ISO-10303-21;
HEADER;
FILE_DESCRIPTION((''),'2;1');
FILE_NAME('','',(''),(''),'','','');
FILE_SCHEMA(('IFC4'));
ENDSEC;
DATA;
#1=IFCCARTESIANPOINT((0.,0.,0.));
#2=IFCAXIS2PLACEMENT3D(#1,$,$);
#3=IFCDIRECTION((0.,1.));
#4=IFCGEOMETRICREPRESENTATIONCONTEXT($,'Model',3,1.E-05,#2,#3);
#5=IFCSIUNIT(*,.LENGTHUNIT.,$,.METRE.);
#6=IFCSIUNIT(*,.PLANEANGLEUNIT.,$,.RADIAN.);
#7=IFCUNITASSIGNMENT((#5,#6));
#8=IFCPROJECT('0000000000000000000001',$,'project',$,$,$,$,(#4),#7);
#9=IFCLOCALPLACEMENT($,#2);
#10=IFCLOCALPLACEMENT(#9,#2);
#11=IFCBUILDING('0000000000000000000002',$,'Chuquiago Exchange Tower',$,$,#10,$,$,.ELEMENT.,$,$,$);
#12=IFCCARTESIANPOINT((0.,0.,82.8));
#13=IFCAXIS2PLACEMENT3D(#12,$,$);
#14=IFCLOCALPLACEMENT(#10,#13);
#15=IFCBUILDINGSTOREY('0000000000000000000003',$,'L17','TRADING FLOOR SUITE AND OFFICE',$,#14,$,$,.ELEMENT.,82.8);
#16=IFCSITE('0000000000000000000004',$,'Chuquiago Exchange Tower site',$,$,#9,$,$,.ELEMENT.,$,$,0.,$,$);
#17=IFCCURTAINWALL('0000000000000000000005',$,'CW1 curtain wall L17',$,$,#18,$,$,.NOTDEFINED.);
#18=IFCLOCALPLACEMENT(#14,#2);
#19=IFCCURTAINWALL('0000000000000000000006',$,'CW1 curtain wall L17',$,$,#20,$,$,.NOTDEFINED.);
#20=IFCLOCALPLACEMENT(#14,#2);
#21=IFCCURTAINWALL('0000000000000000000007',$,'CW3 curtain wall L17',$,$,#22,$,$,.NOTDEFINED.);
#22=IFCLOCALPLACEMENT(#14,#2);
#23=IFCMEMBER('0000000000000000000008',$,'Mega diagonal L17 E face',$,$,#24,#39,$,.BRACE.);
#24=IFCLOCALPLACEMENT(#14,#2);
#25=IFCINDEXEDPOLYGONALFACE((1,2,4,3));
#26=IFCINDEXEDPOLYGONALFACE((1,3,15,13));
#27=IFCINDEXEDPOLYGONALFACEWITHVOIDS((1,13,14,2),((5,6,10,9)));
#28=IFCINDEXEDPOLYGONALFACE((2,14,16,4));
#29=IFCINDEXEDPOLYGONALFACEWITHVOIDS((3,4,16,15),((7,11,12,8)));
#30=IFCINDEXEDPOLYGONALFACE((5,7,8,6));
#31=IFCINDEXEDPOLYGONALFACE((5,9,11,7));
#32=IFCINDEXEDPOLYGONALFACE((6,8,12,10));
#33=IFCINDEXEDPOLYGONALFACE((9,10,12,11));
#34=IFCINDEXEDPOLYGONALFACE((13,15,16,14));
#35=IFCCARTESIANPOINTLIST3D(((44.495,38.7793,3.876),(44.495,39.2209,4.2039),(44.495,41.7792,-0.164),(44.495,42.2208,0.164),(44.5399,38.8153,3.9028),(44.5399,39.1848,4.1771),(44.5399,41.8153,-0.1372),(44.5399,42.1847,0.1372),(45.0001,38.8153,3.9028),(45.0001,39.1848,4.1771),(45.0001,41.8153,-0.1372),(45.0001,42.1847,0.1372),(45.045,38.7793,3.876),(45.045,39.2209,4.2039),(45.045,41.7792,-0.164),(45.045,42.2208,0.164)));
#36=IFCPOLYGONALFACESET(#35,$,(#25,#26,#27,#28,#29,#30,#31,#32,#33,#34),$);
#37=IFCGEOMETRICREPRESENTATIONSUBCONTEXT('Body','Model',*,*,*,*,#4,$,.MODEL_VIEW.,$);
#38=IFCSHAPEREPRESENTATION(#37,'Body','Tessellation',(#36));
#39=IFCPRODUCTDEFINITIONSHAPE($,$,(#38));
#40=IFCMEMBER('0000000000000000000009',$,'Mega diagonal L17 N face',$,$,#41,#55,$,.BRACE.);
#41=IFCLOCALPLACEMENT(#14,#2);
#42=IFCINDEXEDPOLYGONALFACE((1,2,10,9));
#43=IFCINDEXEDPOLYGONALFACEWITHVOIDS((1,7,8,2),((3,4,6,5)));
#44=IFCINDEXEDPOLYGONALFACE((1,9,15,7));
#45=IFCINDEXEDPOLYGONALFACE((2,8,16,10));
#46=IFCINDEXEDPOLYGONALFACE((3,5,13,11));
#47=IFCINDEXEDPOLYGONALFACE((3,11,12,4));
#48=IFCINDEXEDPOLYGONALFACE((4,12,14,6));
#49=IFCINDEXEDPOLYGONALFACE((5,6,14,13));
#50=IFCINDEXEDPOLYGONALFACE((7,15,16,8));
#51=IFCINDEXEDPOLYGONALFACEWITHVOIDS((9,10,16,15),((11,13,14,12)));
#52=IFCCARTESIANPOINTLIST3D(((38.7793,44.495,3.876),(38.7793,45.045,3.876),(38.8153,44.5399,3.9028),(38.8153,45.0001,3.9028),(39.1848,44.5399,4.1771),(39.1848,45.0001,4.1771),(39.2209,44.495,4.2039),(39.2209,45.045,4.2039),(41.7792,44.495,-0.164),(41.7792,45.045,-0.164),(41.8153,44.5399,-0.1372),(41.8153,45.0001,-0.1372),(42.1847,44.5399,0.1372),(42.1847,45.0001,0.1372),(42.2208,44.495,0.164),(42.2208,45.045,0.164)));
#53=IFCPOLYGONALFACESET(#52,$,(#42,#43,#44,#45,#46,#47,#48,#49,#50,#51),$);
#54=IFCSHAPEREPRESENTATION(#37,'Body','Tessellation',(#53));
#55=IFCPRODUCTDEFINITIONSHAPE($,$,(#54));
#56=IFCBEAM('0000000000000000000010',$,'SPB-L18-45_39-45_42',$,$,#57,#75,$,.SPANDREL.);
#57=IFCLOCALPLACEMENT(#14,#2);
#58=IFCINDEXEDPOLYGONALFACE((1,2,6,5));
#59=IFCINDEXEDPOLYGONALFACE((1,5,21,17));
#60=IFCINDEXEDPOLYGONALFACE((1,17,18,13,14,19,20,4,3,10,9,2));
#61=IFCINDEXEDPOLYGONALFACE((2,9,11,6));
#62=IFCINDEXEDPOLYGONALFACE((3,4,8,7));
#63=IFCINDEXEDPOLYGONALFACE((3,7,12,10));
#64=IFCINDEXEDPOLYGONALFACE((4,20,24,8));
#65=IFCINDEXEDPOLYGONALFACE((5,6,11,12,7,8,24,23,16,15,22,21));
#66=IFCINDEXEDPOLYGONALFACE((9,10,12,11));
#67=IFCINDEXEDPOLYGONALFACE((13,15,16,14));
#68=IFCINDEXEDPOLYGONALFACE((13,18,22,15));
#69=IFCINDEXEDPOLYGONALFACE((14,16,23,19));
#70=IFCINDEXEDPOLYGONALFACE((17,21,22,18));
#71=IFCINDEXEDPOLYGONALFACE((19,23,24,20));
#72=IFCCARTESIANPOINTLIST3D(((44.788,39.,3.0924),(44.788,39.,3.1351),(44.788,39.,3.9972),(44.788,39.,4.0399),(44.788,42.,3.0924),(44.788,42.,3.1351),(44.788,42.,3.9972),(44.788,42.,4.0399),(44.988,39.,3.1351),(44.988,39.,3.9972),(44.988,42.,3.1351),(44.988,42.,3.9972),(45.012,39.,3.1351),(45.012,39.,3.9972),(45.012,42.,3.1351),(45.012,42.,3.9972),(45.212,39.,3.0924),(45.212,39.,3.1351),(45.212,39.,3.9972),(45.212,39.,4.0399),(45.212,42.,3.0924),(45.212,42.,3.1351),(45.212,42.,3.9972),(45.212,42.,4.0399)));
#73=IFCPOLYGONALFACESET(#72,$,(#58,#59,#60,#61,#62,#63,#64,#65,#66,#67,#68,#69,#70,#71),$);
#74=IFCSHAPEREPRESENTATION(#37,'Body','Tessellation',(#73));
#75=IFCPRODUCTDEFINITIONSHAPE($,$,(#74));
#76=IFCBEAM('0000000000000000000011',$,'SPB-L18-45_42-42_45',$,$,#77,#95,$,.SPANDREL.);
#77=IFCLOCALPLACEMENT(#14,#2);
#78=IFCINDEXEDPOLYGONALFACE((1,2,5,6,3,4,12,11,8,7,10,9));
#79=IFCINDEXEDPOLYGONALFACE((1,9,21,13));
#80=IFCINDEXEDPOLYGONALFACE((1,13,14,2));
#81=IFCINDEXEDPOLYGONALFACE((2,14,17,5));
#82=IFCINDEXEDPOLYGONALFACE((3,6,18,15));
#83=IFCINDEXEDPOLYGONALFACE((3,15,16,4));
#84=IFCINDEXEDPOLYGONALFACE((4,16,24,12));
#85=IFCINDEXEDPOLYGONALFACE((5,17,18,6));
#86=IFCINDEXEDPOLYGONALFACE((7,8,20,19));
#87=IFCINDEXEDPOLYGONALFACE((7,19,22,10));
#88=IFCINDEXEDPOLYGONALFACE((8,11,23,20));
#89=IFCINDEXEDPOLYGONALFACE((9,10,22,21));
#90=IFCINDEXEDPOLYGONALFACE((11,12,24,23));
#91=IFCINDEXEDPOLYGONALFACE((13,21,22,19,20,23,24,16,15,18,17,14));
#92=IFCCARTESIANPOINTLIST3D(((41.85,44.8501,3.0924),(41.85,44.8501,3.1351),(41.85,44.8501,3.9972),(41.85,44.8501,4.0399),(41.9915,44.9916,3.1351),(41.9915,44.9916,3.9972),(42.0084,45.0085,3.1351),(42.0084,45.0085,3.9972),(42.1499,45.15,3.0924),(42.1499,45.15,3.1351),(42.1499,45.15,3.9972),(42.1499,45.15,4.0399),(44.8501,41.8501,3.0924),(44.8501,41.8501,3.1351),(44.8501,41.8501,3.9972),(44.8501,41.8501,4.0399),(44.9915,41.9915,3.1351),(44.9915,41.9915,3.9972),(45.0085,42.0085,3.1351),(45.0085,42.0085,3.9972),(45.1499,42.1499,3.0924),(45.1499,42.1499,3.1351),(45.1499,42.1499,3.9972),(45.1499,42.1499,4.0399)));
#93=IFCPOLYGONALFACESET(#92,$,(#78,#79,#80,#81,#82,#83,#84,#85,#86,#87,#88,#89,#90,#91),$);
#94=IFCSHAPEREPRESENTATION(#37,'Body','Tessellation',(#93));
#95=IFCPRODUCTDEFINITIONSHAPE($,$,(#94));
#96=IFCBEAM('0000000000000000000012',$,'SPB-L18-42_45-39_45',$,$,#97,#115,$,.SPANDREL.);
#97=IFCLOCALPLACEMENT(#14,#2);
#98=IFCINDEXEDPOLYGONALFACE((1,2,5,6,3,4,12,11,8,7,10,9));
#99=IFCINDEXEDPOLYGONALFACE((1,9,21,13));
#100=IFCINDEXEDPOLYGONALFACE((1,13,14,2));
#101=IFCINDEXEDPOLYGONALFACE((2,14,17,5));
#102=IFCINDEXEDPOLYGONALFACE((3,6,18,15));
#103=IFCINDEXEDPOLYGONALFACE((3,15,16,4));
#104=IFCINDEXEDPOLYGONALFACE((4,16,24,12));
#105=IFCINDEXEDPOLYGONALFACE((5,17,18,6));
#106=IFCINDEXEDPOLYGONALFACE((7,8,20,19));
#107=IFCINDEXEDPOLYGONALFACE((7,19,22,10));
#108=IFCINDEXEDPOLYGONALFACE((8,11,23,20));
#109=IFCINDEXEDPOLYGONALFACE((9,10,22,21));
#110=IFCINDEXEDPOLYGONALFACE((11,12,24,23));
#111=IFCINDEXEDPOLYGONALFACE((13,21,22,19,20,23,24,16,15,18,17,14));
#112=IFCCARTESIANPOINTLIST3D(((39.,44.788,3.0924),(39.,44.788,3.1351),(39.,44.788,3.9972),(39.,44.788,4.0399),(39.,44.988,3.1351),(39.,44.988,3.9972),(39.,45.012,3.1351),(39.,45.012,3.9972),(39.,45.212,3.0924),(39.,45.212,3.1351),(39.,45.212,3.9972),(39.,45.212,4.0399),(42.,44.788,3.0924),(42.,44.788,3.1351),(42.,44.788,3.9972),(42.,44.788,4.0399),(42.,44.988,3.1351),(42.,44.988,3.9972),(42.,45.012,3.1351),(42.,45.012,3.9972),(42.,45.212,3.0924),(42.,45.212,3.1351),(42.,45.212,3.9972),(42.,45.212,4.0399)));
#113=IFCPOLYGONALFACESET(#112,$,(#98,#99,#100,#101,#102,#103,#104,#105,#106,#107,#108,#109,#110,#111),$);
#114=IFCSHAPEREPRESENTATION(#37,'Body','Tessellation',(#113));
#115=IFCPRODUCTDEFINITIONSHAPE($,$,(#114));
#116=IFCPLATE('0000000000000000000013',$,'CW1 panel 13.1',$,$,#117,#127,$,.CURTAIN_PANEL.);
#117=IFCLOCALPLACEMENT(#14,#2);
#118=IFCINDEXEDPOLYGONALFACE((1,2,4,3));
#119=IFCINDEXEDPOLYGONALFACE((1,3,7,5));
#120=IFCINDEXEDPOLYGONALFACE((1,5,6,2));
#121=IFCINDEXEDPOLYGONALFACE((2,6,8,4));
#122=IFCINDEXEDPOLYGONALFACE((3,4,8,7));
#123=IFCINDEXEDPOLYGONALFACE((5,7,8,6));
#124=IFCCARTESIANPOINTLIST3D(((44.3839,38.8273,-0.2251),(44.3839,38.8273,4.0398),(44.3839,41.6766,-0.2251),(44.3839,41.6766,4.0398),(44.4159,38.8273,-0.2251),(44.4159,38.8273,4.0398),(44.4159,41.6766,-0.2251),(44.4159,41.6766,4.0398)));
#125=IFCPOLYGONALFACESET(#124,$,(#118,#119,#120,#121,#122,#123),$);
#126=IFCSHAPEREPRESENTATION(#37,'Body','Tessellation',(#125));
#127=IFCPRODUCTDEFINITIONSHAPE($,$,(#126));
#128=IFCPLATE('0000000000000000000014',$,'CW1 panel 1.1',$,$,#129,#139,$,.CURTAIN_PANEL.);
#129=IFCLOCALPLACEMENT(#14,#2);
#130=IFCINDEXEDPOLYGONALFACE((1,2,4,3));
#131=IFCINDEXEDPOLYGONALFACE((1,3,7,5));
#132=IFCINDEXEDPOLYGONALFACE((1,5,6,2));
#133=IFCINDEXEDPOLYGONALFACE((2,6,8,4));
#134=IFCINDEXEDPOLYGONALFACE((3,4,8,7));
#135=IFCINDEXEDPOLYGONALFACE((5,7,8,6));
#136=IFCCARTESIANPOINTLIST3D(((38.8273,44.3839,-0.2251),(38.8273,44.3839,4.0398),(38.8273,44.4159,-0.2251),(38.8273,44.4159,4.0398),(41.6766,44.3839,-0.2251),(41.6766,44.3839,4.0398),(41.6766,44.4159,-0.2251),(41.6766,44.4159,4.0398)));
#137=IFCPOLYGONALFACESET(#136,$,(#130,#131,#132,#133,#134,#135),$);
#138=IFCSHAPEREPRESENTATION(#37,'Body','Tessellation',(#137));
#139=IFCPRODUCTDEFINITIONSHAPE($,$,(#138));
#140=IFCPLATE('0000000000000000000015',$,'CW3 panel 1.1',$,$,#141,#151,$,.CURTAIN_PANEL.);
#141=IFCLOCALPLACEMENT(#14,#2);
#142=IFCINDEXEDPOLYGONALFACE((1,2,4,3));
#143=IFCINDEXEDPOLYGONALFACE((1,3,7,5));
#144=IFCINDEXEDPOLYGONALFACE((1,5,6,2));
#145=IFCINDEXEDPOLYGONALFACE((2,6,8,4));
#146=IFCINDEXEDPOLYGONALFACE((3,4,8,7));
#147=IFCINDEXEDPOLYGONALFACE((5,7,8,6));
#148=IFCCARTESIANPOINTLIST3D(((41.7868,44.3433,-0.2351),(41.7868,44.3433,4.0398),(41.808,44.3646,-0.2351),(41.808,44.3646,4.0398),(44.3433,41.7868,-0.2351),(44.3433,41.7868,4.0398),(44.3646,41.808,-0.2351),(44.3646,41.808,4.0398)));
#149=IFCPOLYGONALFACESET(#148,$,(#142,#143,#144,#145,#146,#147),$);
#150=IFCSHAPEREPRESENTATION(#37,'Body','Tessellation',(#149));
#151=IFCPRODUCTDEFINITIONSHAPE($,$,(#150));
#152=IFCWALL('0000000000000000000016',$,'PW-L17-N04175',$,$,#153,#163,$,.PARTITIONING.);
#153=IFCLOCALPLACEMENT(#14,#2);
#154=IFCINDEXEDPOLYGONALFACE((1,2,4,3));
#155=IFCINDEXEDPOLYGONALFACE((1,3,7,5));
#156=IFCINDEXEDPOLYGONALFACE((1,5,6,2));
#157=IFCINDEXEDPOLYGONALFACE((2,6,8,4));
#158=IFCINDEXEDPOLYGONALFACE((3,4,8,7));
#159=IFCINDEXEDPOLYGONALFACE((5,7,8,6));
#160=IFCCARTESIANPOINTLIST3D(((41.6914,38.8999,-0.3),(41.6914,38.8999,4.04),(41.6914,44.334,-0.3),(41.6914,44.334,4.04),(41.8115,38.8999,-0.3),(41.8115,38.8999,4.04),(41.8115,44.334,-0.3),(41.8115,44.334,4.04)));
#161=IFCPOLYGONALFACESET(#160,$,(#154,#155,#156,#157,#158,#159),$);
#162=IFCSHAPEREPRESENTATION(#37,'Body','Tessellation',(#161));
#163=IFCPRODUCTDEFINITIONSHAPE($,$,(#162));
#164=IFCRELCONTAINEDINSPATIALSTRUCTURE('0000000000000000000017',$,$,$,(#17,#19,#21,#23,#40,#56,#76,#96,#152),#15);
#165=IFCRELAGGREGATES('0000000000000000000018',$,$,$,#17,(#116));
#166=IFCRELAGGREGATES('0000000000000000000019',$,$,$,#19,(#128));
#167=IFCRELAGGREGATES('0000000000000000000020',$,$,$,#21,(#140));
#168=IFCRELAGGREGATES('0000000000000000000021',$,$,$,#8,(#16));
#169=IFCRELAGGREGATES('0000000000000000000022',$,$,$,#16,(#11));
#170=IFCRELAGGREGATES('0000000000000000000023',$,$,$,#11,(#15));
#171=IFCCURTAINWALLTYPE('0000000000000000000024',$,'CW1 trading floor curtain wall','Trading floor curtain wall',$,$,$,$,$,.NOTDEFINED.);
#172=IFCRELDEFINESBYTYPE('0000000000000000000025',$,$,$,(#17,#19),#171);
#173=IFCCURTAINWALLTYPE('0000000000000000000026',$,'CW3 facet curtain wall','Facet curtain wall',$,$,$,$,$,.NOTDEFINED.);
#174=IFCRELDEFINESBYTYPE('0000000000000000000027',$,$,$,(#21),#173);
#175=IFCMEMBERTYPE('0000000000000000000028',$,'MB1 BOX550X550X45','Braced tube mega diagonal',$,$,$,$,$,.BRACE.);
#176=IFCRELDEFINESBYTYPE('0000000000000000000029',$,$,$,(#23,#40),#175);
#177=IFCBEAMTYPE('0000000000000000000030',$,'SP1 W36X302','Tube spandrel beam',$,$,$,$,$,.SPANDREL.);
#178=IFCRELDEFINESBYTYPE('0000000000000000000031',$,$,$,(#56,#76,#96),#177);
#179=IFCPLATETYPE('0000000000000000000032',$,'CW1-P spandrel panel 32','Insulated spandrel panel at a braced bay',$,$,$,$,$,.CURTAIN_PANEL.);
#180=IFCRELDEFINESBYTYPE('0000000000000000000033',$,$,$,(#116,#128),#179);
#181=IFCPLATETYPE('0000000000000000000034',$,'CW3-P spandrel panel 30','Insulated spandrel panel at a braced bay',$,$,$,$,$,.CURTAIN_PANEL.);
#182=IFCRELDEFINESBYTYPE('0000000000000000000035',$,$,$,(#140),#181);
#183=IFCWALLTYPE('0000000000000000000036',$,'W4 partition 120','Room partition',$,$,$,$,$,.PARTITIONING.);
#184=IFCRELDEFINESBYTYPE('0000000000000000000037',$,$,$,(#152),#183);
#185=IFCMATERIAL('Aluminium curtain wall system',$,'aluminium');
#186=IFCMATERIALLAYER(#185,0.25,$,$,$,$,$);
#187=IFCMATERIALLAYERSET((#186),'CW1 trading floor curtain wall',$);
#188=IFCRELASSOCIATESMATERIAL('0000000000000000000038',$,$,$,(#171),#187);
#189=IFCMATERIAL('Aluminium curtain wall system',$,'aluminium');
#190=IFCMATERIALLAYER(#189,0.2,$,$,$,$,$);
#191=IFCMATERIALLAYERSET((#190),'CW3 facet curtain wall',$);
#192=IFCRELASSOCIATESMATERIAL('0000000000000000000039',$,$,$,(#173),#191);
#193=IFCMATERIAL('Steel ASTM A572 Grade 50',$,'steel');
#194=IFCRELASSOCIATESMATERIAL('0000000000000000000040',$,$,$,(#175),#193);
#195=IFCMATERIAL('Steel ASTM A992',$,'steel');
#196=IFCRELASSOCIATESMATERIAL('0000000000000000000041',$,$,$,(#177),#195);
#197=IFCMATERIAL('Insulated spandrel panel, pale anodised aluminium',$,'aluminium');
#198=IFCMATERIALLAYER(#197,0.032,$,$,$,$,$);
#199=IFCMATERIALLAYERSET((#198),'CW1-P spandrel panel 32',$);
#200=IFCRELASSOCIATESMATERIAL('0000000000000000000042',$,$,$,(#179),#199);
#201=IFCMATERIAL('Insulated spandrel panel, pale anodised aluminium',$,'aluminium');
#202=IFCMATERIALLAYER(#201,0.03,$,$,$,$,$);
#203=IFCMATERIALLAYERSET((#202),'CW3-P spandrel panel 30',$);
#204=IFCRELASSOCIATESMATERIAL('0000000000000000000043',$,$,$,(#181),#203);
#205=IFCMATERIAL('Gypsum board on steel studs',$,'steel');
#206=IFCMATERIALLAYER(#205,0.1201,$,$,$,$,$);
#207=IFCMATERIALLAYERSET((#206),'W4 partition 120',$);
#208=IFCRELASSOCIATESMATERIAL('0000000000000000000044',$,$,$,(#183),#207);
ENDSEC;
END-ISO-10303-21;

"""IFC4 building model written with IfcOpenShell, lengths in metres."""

from ifc_helpers import new_model, si_unit, direction, frame, frame_2d, origin, origin_2d, place, context, subcontext, project, spatial, rectangle, hollow_rectangle, i_section, extrude, material, layer, layer_set, material_profile, profile_set, type_object, element, aggregate, save


model = new_model("IFC4")

# Units and contexts
model_context = context("Model", 3, precision=1e-05, world=origin(), true_north=direction((0.0, 1.0)))
body_context = subcontext(model_context, "Body", "Model", "MODEL_VIEW")
ifc_project = project(units=[si_unit("LENGTHUNIT", "METRE"), si_unit("PLANEANGLEUNIT", "RADIAN")], contexts=[model_context])

# Site, building, storey
site_placement = place(None, origin())
site = spatial("IfcSite", under=ifc_project, at=site_placement, Name="Chuquiago Exchange Tower site", CompositionType="ELEMENT", RefElevation=0.0)
building_placement = place(site_placement, origin())
building = spatial("IfcBuilding", under=site, at=building_placement, Name="Chuquiago Exchange Tower", CompositionType="ELEMENT")
storey_placement = place(building_placement, frame((0.0, 0.0, 82.8)))
storey = spatial("IfcBuildingStorey", under=building, at=storey_placement, Name="L17", Description="TRADING FLOOR SUITE AND OFFICE", CompositionType="ELEMENT", Elevation=82.8)

# Curtain walls
ifc_material_1 = material(Name="Aluminium curtain wall system", Category="aluminium")
ifc_layer_1 = layer(ifc_material_1, 0.25)
ifc_layer_set_1 = layer_set([ifc_layer_1], Name="CW1 trading floor curtain wall")
curtain_wall_type_1 = type_object("IfcCurtainWallType", Name="CW1 trading floor curtain wall", Description="Trading floor curtain wall", PredefinedType="NOTDEFINED", material=ifc_layer_set_1)
curtain_wall_1_placement = place(storey_placement, origin())
curtain_wall_1 = element("IfcCurtainWall", 1, at=curtain_wall_1_placement, inside=storey, type_object=curtain_wall_type_1, Name="CW1 curtain wall L17", PredefinedType="NOTDEFINED")
curtain_wall_2_placement = place(storey_placement, origin())
curtain_wall_2 = element("IfcCurtainWall", 2, at=curtain_wall_2_placement, inside=storey, type_object=curtain_wall_type_1, Name="CW1 curtain wall L17", PredefinedType="NOTDEFINED")

# Curtain wall
ifc_material_2 = material(Name="Aluminium curtain wall system", Category="aluminium")
ifc_layer_2 = layer(ifc_material_2, 0.2)
ifc_layer_set_2 = layer_set([ifc_layer_2], Name="CW3 facet curtain wall")
curtain_wall_type_2 = type_object("IfcCurtainWallType", Name="CW3 facet curtain wall", Description="Facet curtain wall", PredefinedType="NOTDEFINED", material=ifc_layer_set_2)
curtain_wall_3_placement = place(storey_placement, origin())
curtain_wall_3 = element("IfcCurtainWall", 3, at=curtain_wall_3_placement, inside=storey, type_object=curtain_wall_type_2, Name="CW3 curtain wall L17", PredefinedType="NOTDEFINED")

# Members
ifc_material_3 = material(Name="Steel ASTM A572 Grade 50", Category="steel")
ifc_material_profile_1 = material_profile(ifc_material_3, hollow_rectangle(XDim=0.55, YDim=0.55, WallThickness=0.0449, at=origin_2d()), Name="BOX550X550X45")
ifc_profile_set_1 = profile_set([ifc_material_profile_1], Name="Steel ASTM A572 Grade 50")
member_type_1 = type_object("IfcMemberType", Name="MB1 BOX550X550X45", Description="Braced tube mega diagonal", PredefinedType="BRACE", material=ifc_profile_set_1)
for number, where, z_axis, x_axis, name in (
    (4, (44.77, 42.0, 0.0), (0.0, -0.596174, 0.802855), (1.0, 0.0, 0.0), "Mega diagonal L17 E face"),
    (5, (42.0, 44.77, 0.0), (-0.596174, 0.0, 0.802855), (0.0, -1.0, 0.0), "Mega diagonal L17 N face"),
):
    element("IfcMember", number, at=place(storey_placement, frame(where, z_axis=z_axis, x_axis=x_axis)), inside=storey, type_object=member_type_1, Name=name, PredefinedType="BRACE", context=body_context, shape_type="SweptSolid", body=[
        extrude(hollow_rectangle(XDim=0.55, YDim=0.55, WallThickness=0.0449, at=origin_2d()), origin(), (0.0, 0.0, 1.0), 5.032),
    ])

# Beams
ifc_material_4 = material(Name="Steel ASTM A992", Category="steel")
ifc_material_profile_2 = material_profile(ifc_material_4, i_section(OverallWidth=0.4241, OverallDepth=0.9475, WebThickness=0.0239, FlangeThickness=0.0427, at=origin_2d()), Name="W36X302")
ifc_profile_set_2 = profile_set([ifc_material_profile_2], Name="Steel ASTM A992")
beam_type = type_object("IfcBeamType", Name="SP1 W36X302", Description="Tube spandrel beam", PredefinedType="SPANDREL", material=ifc_profile_set_2)
beam_1_placement = place(storey_placement, frame((45.0, 39.0, 3.5662), z_axis=(0.0, 1.0, 0.0), x_axis=(-1.0, 0.0, 0.0)))
element("IfcBeam", 6, at=beam_1_placement, inside=storey, type_object=beam_type, Name="SPB-L18-45_39-45_42", PredefinedType="SPANDREL", context=body_context, shape_type="SweptSolid", body=[
    extrude(i_section(OverallWidth=0.4241, OverallDepth=0.9475, WebThickness=0.0239, FlangeThickness=0.0427, at=origin_2d()), origin(), (0.0, 0.0, 1.0), 3.0),
])
beam_2_placement = place(storey_placement, frame((45.0, 42.0, 3.5662), z_axis=(-0.707107, 0.707107, 0.0), x_axis=(-0.707107, -0.707107, 0.0)))
element("IfcBeam", 7, at=beam_2_placement, inside=storey, type_object=beam_type, Name="SPB-L18-45_42-42_45", PredefinedType="SPANDREL", context=body_context, shape_type="SweptSolid", body=[
    extrude(i_section(OverallWidth=0.4241, OverallDepth=0.9475, WebThickness=0.0239, FlangeThickness=0.0427, at=origin_2d()), origin(), (0.0, 0.0, 1.0), 4.2427),
])
beam_3_placement = place(storey_placement, frame((42.0, 45.0, 3.5662), z_axis=(-1.0, 0.0, 0.0), x_axis=(0.0, -1.0, 0.0)))
element("IfcBeam", 8, at=beam_3_placement, inside=storey, type_object=beam_type, Name="SPB-L18-42_45-39_45", PredefinedType="SPANDREL", context=body_context, shape_type="SweptSolid", body=[
    extrude(i_section(OverallWidth=0.4241, OverallDepth=0.9475, WebThickness=0.0239, FlangeThickness=0.0427, at=origin_2d()), origin(), (0.0, 0.0, 1.0), 3.0),
])

# Plates
ifc_material_5 = material(Name="Insulated spandrel panel, pale anodised aluminium", Category="aluminium")
ifc_layer_3 = layer(ifc_material_5, 0.032)
ifc_layer_set_3 = layer_set([ifc_layer_3], Name="CW1-P spandrel panel 32")
plate_type_1 = type_object("IfcPlateType", Name="CW1-P spandrel panel 32", Description="Insulated spandrel panel at a braced bay", PredefinedType="CURTAIN_PANEL", material=ifc_layer_set_3)
plate_1_placement = place(storey_placement, frame((44.3999, 40.252, -0.2251), z_axis=(0.0, 0.0, 1.0), x_axis=(0.0, 1.0, 0.0)))
plate_1 = element("IfcPlate", 9, at=plate_1_placement, type_object=plate_type_1, Name="CW1 panel 13.1", PredefinedType="CURTAIN_PANEL", context=body_context, shape_type="SweptSolid", body=[
    extrude(rectangle(XDim=2.8494, YDim=0.032, at=origin_2d()), origin(), (0.0, 0.0, 1.0), 4.2649),
])
aggregate(curtain_wall_1, [plate_1])
plate_2_placement = place(storey_placement, frame((40.252, 44.3999, -0.2251), z_axis=(0.0, 0.0, 1.0), x_axis=(-1.0, 0.0, 0.0)))
plate_2 = element("IfcPlate", 10, at=plate_2_placement, type_object=plate_type_1, Name="CW1 panel 1.1", PredefinedType="CURTAIN_PANEL", context=body_context, shape_type="SweptSolid", body=[
    extrude(rectangle(XDim=2.8494, YDim=0.032, at=origin_2d()), origin(), (0.0, 0.0, 1.0), 4.2649),
])
aggregate(curtain_wall_2, [plate_2])
ifc_material_6 = material(Name="Insulated spandrel panel, pale anodised aluminium", Category="aluminium")
ifc_layer_4 = layer(ifc_material_6, 0.03)
ifc_layer_set_4 = layer_set([ifc_layer_4], Name="CW3-P spandrel panel 30")
plate_type_2 = type_object("IfcPlateType", Name="CW3-P spandrel panel 30", Description="Insulated spandrel panel at a braced bay", PredefinedType="CURTAIN_PANEL", material=ifc_layer_set_4)
plate_3_placement = place(storey_placement, frame((43.0757, 43.0757, -0.2351), z_axis=(0.0, 0.0, 1.0), x_axis=(-0.707107, 0.707107, 0.0)))
plate_3 = element("IfcPlate", 11, at=plate_3_placement, type_object=plate_type_2, Name="CW3 panel 1.1", PredefinedType="CURTAIN_PANEL", context=body_context, shape_type="SweptSolid", body=[
    extrude(rectangle(XDim=3.6155, YDim=0.03, at=origin_2d()), origin(), (0.0, 0.0, 1.0), 4.2749),
])
aggregate(curtain_wall_3, [plate_3])

# Wall
ifc_material_7 = material(Name="Gypsum board on steel studs", Category="steel")
ifc_layer_5 = layer(ifc_material_7, 0.1201)
ifc_layer_set_5 = layer_set([ifc_layer_5], Name="W4 partition 120")
wall_type = type_object("IfcWallType", Name="W4 partition 120", Description="Room partition", PredefinedType="PARTITIONING", material=ifc_layer_set_5)
wall_placement = place(storey_placement, frame((41.7515, 44.334, -0.3), z_axis=(0.0, 0.0, 1.0), x_axis=(0.0, -1.0, 0.0)))
element("IfcWall", 12, at=wall_placement, inside=storey, type_object=wall_type, Name="PW-L17-N04175", PredefinedType="PARTITIONING", context=body_context, shape_type="SweptSolid", body=[
    extrude(rectangle(XDim=5.4341, YDim=0.1201, at=frame_2d((2.717, 0.0))), origin(), (0.0, 0.0, 1.0), 4.3401),
])

save(model, "model.ifc")
